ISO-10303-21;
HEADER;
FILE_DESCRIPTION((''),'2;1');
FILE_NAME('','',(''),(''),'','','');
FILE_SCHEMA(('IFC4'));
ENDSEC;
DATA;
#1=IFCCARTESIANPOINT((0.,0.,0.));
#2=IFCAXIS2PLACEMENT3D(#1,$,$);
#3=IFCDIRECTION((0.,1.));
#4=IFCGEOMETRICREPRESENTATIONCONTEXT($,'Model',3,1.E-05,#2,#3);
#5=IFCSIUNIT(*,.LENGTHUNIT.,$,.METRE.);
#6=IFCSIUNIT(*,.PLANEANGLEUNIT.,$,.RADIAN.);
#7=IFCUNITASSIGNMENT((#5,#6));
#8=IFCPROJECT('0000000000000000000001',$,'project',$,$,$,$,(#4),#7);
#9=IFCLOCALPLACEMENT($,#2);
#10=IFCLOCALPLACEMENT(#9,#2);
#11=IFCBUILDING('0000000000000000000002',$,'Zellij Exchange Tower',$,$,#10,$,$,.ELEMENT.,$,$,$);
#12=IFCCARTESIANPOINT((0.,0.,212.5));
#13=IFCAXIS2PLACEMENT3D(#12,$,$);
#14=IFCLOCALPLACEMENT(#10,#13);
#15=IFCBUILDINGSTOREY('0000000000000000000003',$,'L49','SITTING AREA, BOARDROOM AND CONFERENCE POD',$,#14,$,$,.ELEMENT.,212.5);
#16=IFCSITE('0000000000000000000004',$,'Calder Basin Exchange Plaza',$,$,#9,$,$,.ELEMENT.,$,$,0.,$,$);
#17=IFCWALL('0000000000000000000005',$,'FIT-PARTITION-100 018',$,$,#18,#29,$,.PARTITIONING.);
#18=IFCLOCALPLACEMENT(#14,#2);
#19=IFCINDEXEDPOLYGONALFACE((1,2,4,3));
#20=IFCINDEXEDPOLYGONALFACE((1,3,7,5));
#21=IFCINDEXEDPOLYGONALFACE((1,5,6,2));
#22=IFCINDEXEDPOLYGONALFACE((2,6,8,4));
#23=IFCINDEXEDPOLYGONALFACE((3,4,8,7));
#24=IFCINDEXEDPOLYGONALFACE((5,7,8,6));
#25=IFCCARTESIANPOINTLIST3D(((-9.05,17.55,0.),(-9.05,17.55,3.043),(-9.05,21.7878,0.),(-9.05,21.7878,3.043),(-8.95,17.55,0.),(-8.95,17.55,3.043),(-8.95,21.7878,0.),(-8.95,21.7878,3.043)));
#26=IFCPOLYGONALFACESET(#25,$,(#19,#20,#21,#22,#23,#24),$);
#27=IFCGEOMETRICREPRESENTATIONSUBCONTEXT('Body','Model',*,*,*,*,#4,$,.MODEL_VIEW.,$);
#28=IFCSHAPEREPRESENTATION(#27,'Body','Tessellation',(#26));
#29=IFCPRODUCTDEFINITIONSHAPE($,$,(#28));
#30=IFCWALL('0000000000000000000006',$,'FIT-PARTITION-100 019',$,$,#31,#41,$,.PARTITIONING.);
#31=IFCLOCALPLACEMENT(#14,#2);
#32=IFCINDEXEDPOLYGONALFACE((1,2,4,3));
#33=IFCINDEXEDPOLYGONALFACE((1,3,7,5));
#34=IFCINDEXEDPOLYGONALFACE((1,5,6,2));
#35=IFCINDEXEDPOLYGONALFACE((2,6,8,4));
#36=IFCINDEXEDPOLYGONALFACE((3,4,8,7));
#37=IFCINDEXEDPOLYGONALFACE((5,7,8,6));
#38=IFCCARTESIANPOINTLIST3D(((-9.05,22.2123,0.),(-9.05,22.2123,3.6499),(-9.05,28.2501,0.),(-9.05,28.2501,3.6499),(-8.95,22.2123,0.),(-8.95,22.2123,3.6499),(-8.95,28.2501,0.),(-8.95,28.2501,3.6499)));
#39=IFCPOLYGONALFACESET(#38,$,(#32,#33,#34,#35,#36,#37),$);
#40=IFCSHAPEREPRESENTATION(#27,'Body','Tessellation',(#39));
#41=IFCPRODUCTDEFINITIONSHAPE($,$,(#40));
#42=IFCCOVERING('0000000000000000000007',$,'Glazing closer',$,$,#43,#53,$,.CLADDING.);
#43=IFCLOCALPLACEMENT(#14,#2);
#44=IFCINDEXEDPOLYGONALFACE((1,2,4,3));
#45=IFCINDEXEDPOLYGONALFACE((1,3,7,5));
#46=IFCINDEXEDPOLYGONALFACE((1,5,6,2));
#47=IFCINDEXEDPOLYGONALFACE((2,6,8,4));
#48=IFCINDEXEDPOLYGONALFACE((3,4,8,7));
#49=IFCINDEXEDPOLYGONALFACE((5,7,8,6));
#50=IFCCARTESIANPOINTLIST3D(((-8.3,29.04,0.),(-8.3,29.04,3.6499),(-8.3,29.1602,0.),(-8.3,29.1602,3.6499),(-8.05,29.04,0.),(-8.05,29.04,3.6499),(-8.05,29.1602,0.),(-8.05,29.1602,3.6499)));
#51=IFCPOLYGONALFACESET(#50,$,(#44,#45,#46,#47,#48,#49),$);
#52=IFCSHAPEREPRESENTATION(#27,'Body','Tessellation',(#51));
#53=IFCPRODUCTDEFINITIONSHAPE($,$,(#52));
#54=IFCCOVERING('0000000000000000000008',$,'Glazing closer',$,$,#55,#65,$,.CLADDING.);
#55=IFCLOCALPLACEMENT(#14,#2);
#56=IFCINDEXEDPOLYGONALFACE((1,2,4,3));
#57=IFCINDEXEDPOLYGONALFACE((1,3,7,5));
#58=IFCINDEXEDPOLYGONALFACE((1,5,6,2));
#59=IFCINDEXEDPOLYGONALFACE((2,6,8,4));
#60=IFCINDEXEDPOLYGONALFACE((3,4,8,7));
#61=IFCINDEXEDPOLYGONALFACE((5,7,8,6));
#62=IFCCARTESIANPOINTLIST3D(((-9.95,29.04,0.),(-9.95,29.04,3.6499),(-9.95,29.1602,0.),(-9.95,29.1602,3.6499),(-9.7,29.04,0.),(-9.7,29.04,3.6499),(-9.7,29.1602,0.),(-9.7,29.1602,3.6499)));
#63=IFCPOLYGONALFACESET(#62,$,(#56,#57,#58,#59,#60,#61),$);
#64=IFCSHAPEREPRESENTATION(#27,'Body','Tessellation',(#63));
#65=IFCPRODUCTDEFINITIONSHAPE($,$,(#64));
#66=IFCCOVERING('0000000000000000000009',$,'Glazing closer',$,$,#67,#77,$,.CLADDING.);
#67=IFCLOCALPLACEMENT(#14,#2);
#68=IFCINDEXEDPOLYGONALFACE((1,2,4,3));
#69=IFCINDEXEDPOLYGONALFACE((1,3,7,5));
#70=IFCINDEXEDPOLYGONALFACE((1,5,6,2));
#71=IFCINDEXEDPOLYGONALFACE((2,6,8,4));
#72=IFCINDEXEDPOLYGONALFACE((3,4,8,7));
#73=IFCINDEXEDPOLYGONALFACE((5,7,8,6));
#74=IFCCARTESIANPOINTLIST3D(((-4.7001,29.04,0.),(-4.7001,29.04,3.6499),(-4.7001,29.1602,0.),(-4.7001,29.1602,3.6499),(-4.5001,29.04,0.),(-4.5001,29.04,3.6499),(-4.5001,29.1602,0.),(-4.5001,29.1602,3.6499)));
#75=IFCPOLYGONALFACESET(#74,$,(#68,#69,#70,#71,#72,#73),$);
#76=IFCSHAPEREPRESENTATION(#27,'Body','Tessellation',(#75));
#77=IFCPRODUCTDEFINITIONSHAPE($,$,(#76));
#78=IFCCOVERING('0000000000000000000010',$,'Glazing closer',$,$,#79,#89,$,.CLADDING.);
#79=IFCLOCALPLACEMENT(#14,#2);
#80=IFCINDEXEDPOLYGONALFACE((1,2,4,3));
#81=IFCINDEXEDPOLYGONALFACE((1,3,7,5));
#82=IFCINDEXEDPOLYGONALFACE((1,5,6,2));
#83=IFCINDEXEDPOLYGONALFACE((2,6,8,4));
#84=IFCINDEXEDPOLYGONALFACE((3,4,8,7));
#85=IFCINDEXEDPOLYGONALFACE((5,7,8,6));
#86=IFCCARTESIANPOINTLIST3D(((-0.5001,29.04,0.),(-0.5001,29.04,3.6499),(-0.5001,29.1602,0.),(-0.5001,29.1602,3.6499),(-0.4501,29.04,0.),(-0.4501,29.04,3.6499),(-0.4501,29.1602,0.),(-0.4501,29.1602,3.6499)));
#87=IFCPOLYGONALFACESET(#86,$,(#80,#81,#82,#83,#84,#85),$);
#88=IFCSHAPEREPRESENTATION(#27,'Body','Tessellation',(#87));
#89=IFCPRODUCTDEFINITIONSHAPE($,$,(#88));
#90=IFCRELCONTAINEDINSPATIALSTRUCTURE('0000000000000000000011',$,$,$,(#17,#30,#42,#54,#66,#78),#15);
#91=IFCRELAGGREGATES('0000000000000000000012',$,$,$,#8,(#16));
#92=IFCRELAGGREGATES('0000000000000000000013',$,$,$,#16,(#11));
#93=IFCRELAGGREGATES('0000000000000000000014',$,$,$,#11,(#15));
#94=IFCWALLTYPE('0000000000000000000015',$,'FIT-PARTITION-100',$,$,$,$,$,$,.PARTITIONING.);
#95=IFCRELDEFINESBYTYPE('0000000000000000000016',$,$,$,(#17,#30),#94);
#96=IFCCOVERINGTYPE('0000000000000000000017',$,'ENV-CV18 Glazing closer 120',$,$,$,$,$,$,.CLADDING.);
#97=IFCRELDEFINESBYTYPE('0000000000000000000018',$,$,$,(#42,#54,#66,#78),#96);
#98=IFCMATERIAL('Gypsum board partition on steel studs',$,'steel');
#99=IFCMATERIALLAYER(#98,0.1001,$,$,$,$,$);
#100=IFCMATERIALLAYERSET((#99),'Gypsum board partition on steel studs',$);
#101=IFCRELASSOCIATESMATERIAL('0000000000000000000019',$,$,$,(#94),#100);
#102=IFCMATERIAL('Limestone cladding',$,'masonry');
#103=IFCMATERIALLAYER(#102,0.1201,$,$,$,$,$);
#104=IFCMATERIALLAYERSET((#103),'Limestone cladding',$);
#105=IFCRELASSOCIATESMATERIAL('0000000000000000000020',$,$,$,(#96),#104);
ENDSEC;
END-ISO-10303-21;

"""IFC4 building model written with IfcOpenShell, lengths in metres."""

from ifc_helpers import new_model, si_unit, direction, frame, frame_2d, origin, origin_2d, place, context, subcontext, project, spatial, rectangle, extrude, material, layer, layer_set, type_object, element, save


model = new_model("IFC4")

# Units and contexts
model_context = context("Model", 3, precision=1e-05, world=origin(), true_north=direction((0.0, 1.0)))
body_context = subcontext(model_context, "Body", "Model", "MODEL_VIEW")
ifc_project = project(units=[si_unit("LENGTHUNIT", "METRE"), si_unit("PLANEANGLEUNIT", "RADIAN")], contexts=[model_context])

# Site, building, storey
site_placement = place(None, origin())
site = spatial("IfcSite", under=ifc_project, at=site_placement, Name="Calder Basin Exchange Plaza", CompositionType="ELEMENT", RefElevation=0.0)
building_placement = place(site_placement, origin())
building = spatial("IfcBuilding", under=site, at=building_placement, Name="Zellij Exchange Tower", CompositionType="ELEMENT")
storey_placement = place(building_placement, frame((0.0, 0.0, 212.5)))
storey = spatial("IfcBuildingStorey", under=building, at=storey_placement, Name="L49", Description="SITTING AREA, BOARDROOM AND CONFERENCE POD", CompositionType="ELEMENT", Elevation=212.5)

# Walls
ifc_material_1 = material(Name="Gypsum board partition on steel studs", Category="steel")
ifc_layer_1 = layer(ifc_material_1, 0.1001)
ifc_layer_set_1 = layer_set([ifc_layer_1], Name="Gypsum board partition on steel studs")
wall_type_1 = type_object("IfcWallType", Name="FIT-PARTITION-100", PredefinedType="PARTITIONING", material=ifc_layer_set_1)
wall_1_placement = place(storey_placement, frame((-9.0, 17.55, 0.0), z_axis=(0.0, 0.0, 1.0), x_axis=(0.0, 1.0, 0.0)))
element("IfcWall", 1, at=wall_1_placement, inside=storey, type_object=wall_type_1, Name="FIT-PARTITION-100 018", PredefinedType="PARTITIONING", context=body_context, shape_type="SweptSolid", body=[
    extrude(rectangle(XDim=4.2378, YDim=0.1001, at=frame_2d((2.1189, 0.0))), origin(), (0.0, 0.0, 1.0), 3.043),
])
wall_2_placement = place(storey_placement, frame((-9.0, 22.2122, 0.0), z_axis=(0.0, 0.0, 1.0), x_axis=(0.0, 1.0, 0.0)))
element("IfcWall", 2, at=wall_2_placement, inside=storey, type_object=wall_type_1, Name="FIT-PARTITION-100 019", PredefinedType="PARTITIONING", context=body_context, shape_type="SweptSolid", body=[
    extrude(rectangle(XDim=6.0378, YDim=0.1001, at=frame_2d((3.019, 0.0))), origin(), (0.0, 0.0, 1.0), 3.6499),
])

# Coverings
ifc_material_2 = material(Name="Limestone cladding", Category="masonry")
ifc_layer_2 = layer(ifc_material_2, 0.1201)
ifc_layer_set_2 = layer_set([ifc_layer_2], Name="Limestone cladding")
covering_type = type_object("IfcCoveringType", Name="ENV-CV18 Glazing closer 120", PredefinedType="CLADDING", material=ifc_layer_set_2)
for number, where, z_axis, x_axis, name in (
    (3, (-8.175, 29.1001, 0.0), (0.0, 0.0, 1.0), (-1.0, 0.0, 0.0), "Glazing closer"),
    (4, (-9.825, 29.1001, 0.0), (0.0, 0.0, 1.0), (1.0, 0.0, 0.0), "Glazing closer"),
):
    element("IfcCovering", number, at=place(storey_placement, frame(where, z_axis=z_axis, x_axis=x_axis)), inside=storey, type_object=covering_type, Name=name, PredefinedType="CLADDING", context=body_context, shape_type="SweptSolid", body=[
        extrude(rectangle(XDim=0.25, YDim=0.1201, at=origin_2d()), origin(), (0.0, 0.0, 1.0), 3.6499),
    ])
covering_1_placement = place(storey_placement, frame((-4.6001, 29.1001, 0.0), z_axis=(0.0, 0.0, 1.0), x_axis=(1.0, 0.0, 0.0)))
element("IfcCovering", 5, at=covering_1_placement, inside=storey, type_object=covering_type, Name="Glazing closer", PredefinedType="CLADDING", context=body_context, shape_type="SweptSolid", body=[
    extrude(rectangle(XDim=0.2, YDim=0.1201, at=origin_2d()), origin(), (0.0, 0.0, 1.0), 3.6499),
])
covering_2_placement = place(storey_placement, frame((-0.4751, 29.1001, 0.0), z_axis=(0.0, 0.0, 1.0), x_axis=(1.0, 0.0, 0.0)))
element("IfcCovering", 6, at=covering_2_placement, inside=storey, type_object=covering_type, Name="Glazing closer", PredefinedType="CLADDING", context=body_context, shape_type="SweptSolid", body=[
    extrude(rectangle(XDim=0.05, YDim=0.1201, at=origin_2d()), origin(), (0.0, 0.0, 1.0), 3.6499),
])

save(model, "model.ifc")
